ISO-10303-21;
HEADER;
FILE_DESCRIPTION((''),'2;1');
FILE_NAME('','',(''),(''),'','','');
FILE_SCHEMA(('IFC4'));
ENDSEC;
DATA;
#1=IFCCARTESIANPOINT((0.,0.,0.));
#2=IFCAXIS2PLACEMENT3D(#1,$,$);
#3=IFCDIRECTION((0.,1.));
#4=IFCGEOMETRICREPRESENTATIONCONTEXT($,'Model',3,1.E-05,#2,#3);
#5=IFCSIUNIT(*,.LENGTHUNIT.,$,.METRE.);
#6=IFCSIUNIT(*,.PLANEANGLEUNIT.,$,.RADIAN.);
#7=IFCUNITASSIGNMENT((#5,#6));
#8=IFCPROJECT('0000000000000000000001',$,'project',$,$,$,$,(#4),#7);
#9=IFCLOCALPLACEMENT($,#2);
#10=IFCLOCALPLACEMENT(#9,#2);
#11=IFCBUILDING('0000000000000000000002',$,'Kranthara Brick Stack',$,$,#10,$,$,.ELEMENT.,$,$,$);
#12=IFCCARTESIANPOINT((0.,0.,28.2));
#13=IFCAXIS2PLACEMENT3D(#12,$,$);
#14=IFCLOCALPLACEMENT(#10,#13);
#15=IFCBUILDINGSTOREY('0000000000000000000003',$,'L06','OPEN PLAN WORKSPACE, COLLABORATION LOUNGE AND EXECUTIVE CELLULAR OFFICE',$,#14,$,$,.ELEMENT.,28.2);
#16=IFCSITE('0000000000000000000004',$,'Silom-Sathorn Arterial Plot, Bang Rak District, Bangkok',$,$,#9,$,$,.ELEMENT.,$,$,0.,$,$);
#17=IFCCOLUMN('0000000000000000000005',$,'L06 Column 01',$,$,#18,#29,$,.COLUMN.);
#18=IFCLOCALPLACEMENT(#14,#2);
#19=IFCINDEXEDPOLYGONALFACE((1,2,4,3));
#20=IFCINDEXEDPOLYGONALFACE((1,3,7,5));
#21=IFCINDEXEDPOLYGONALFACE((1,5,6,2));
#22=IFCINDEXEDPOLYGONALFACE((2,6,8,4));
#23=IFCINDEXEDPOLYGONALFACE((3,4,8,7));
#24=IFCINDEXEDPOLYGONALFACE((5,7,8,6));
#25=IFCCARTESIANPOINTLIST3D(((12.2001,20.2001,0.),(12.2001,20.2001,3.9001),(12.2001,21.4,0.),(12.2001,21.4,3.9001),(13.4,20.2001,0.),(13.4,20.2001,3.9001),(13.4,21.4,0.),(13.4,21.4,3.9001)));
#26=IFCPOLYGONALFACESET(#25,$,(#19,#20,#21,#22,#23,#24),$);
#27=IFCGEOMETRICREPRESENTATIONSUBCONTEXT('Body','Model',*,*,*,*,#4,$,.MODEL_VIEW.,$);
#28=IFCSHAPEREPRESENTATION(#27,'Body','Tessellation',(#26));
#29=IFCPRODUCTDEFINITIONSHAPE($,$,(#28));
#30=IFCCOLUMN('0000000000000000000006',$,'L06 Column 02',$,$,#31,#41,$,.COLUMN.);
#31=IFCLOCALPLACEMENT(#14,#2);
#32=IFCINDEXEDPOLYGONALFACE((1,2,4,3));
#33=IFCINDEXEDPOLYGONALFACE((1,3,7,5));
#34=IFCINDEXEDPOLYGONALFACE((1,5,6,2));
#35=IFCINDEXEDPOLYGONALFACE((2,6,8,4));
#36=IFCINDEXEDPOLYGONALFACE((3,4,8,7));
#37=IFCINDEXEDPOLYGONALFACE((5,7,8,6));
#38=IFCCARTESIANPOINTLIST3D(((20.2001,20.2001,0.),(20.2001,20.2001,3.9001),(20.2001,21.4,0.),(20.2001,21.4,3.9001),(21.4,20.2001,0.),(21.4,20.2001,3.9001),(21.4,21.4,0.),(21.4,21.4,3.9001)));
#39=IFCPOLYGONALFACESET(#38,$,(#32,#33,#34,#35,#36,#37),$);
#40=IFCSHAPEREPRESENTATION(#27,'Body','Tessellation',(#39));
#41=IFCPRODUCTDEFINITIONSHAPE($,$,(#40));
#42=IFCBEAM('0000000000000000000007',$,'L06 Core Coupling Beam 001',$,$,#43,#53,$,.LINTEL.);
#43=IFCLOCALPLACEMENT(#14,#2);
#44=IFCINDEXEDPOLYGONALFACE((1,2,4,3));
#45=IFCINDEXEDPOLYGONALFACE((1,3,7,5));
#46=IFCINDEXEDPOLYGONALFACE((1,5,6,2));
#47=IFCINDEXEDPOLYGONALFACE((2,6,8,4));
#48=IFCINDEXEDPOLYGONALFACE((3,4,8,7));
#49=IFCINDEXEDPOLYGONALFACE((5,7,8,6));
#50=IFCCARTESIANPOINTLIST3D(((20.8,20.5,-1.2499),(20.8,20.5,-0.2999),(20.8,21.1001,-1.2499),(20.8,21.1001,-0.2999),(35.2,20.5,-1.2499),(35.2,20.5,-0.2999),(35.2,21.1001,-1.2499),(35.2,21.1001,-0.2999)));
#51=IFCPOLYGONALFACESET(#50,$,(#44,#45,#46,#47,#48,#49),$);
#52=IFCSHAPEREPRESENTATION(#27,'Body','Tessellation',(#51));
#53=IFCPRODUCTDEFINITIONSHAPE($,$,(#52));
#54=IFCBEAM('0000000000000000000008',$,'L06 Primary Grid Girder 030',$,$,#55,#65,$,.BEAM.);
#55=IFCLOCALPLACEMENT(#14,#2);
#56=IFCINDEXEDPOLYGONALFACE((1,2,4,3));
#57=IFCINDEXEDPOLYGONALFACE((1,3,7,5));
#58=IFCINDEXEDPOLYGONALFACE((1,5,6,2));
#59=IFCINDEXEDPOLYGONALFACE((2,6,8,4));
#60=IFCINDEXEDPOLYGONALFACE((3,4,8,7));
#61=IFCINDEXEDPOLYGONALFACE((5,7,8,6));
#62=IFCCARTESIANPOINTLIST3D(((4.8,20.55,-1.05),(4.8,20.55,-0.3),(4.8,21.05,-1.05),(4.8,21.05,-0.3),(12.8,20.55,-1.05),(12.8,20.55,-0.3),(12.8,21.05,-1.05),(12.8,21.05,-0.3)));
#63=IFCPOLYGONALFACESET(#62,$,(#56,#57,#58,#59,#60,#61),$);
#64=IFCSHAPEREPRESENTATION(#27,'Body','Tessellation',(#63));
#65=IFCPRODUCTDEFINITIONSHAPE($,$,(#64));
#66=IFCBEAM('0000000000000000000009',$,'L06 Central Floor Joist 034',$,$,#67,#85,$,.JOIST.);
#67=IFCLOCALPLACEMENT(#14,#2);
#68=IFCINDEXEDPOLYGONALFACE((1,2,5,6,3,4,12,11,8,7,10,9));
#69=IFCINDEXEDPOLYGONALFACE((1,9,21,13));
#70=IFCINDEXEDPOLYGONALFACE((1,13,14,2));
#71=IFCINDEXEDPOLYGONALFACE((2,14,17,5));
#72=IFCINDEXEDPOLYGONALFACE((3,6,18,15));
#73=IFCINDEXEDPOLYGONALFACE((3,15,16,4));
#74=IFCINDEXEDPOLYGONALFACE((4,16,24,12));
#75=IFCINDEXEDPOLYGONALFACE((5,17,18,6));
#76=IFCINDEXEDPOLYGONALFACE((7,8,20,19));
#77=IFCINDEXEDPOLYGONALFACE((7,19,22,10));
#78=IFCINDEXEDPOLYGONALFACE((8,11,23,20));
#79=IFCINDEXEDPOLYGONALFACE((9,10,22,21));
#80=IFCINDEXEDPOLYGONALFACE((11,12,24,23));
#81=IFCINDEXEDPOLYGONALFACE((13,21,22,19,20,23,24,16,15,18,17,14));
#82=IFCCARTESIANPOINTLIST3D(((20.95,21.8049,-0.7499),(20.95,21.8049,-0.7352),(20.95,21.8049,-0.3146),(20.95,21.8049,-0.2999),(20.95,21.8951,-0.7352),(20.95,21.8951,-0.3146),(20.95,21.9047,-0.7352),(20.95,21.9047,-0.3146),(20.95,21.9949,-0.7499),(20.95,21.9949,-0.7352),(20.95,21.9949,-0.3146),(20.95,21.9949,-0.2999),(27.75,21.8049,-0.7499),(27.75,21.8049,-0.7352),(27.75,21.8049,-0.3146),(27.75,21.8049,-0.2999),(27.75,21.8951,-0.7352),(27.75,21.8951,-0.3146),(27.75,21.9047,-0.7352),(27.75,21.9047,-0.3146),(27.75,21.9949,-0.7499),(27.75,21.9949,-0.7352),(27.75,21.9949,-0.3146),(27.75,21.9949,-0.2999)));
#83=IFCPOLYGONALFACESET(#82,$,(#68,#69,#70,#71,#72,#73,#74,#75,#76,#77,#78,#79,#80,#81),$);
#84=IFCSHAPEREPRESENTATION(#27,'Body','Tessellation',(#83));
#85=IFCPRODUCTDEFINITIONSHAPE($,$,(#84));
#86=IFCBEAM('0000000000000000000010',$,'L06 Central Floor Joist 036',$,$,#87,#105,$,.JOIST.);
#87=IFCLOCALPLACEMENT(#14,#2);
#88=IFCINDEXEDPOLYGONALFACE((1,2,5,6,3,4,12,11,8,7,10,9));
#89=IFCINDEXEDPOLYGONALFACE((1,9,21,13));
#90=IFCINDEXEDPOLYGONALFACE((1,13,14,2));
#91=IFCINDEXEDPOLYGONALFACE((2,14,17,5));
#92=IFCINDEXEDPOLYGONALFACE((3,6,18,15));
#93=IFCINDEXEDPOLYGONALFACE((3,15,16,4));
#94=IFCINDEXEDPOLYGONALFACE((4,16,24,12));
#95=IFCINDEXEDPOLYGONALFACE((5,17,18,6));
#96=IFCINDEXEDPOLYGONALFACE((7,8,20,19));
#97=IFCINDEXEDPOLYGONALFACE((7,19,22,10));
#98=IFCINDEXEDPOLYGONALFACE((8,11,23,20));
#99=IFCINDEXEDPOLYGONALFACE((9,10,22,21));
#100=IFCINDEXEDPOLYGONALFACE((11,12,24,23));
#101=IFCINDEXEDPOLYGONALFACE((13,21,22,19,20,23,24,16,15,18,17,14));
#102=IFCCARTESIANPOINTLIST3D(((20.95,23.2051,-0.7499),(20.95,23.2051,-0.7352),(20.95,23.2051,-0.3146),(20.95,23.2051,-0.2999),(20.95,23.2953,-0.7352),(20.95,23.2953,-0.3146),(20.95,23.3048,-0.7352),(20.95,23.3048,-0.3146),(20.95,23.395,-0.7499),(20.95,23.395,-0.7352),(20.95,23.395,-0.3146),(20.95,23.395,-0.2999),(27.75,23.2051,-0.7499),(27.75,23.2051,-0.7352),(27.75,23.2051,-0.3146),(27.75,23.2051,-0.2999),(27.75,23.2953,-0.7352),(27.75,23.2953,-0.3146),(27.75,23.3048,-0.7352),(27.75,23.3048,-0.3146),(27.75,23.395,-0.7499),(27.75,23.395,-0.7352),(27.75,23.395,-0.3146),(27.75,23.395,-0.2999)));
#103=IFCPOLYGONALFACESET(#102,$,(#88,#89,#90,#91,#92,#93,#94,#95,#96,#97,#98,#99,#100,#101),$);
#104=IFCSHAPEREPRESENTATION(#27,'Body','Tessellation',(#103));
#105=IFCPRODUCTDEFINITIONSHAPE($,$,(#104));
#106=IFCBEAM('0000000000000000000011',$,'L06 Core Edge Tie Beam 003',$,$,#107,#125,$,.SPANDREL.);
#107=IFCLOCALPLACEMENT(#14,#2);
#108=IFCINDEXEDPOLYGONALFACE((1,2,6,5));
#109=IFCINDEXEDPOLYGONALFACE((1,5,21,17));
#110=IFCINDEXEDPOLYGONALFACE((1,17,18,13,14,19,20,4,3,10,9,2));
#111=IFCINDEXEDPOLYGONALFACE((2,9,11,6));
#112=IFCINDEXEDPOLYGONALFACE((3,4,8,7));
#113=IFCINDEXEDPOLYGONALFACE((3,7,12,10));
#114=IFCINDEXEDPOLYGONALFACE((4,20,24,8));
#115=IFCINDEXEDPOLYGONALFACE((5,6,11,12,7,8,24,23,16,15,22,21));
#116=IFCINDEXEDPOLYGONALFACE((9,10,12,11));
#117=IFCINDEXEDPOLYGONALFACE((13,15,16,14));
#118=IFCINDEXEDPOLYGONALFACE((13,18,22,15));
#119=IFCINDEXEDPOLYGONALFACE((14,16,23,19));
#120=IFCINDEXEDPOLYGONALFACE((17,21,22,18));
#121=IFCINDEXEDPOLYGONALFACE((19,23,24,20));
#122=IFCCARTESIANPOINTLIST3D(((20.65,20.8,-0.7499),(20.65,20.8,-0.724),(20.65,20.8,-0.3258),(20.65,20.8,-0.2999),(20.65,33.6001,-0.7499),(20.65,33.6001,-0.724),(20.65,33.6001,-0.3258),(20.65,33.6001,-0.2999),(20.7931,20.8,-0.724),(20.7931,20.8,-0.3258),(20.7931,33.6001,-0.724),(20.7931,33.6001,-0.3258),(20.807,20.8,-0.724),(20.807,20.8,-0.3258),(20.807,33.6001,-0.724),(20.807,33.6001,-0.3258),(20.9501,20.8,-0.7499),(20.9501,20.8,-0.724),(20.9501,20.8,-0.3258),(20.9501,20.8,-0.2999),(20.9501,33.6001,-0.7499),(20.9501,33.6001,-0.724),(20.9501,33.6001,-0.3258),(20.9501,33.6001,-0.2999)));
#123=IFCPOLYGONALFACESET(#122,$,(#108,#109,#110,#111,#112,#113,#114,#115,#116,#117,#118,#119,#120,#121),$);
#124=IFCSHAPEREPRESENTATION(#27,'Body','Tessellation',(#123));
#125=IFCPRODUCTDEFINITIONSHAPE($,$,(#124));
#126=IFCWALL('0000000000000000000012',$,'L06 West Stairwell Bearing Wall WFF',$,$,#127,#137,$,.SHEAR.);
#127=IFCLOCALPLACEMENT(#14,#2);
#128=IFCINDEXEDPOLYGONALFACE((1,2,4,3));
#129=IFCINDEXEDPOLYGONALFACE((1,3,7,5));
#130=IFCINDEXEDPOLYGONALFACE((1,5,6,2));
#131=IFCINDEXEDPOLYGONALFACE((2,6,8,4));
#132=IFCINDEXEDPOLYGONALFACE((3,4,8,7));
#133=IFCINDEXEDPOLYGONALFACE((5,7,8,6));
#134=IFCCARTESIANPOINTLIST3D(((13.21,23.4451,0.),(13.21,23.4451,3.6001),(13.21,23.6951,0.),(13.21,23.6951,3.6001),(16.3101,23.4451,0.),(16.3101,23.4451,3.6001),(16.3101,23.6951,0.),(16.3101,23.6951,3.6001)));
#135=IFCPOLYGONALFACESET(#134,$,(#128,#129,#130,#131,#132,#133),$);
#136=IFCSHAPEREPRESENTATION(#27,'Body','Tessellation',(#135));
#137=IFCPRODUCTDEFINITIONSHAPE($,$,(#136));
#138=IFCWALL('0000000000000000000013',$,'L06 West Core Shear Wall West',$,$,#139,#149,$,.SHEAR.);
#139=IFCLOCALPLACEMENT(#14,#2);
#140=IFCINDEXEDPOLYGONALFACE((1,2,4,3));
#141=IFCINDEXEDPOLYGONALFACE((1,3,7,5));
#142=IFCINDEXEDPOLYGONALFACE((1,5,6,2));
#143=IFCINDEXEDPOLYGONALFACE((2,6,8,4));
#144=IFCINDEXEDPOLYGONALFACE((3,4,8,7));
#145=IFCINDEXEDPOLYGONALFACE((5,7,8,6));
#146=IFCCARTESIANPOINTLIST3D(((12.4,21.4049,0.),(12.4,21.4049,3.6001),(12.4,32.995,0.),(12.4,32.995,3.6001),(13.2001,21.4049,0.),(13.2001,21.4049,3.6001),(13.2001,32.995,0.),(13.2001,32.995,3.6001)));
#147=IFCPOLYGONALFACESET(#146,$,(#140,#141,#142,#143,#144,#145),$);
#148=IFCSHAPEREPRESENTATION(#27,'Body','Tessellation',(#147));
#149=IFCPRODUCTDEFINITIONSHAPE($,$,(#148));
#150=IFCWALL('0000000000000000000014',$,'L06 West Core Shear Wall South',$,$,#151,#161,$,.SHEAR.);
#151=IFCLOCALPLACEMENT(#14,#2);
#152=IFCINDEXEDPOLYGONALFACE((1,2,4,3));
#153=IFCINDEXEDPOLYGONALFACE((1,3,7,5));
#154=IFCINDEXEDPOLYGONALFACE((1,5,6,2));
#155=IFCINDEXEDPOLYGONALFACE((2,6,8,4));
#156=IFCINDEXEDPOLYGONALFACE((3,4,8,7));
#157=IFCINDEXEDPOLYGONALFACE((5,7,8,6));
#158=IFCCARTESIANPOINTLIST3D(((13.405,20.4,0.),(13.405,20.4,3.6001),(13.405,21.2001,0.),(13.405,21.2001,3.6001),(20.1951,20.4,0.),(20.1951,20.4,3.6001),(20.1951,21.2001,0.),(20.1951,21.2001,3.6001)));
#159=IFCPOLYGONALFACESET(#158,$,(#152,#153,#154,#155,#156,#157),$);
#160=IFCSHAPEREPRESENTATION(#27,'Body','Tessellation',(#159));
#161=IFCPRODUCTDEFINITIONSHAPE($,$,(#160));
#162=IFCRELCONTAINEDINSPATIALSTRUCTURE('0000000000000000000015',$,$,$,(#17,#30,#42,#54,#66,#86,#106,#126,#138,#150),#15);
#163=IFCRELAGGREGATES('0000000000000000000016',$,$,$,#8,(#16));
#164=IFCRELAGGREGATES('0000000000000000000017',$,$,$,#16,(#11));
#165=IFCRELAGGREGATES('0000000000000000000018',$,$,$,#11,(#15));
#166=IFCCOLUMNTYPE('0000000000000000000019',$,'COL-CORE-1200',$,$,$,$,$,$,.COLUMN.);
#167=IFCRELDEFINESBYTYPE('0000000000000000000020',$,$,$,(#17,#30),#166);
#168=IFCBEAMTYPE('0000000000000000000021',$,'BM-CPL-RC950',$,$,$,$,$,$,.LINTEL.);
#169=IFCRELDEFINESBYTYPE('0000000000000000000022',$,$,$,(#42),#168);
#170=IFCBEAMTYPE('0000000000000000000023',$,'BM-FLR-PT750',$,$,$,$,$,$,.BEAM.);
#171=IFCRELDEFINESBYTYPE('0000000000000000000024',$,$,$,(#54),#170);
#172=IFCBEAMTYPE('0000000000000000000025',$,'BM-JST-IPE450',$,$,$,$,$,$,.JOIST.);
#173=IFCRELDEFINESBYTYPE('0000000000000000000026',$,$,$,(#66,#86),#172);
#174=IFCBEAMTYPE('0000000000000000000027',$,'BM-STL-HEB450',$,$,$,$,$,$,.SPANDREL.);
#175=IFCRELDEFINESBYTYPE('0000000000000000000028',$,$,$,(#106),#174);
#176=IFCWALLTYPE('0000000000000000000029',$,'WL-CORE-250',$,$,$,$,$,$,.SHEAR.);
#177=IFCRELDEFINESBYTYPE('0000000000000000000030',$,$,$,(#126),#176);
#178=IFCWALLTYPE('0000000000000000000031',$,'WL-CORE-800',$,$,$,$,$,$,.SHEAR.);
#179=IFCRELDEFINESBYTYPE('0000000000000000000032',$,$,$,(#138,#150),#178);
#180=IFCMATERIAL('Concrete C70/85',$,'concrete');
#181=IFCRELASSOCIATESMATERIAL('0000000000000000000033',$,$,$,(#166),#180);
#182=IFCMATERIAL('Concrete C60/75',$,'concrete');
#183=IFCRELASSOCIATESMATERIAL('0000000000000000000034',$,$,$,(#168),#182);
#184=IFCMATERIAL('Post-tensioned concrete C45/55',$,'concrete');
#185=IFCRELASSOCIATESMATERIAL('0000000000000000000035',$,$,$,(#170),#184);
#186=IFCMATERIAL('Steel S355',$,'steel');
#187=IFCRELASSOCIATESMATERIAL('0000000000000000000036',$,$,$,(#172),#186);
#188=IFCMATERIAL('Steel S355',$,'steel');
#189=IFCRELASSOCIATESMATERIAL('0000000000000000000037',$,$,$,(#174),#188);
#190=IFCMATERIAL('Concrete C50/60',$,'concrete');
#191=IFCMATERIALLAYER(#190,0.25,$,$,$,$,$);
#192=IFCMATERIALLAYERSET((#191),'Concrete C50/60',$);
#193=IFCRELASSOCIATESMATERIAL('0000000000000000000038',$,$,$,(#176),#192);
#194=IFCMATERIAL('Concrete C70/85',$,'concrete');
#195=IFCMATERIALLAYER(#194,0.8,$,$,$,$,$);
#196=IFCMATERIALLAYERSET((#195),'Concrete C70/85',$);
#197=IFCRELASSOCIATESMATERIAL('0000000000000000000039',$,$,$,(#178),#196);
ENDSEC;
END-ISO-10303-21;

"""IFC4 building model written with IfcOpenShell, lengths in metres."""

from ifc_helpers import new_model, si_unit, direction, frame, frame_2d, origin, origin_2d, place, context, subcontext, project, spatial, rectangle, i_section, extrude, material, layer, layer_set, material_profile, profile_set, type_object, element, save


model = new_model("IFC4")

# Units and contexts
model_context = context("Model", 3, precision=1e-05, world=origin(), true_north=direction((0.0, 1.0)))
body_context = subcontext(model_context, "Body", "Model", "MODEL_VIEW")
ifc_project = project(units=[si_unit("LENGTHUNIT", "METRE"), si_unit("PLANEANGLEUNIT", "RADIAN")], contexts=[model_context])

# Site, building, storey
site_placement = place(None, origin())
site = spatial("IfcSite", under=ifc_project, at=site_placement, Name="Silom-Sathorn Arterial Plot, Bang Rak District, Bangkok", CompositionType="ELEMENT", RefElevation=0.0)
building_placement = place(site_placement, origin())
building = spatial("IfcBuilding", under=site, at=building_placement, Name="Kranthara Brick Stack", CompositionType="ELEMENT")
storey_placement = place(building_placement, frame((0.0, 0.0, 28.2)))
storey = spatial("IfcBuildingStorey", under=building, at=storey_placement, Name="L06", Description="OPEN PLAN WORKSPACE, COLLABORATION LOUNGE AND EXECUTIVE CELLULAR OFFICE", CompositionType="ELEMENT", Elevation=28.2)

# Columns
ifc_material_1 = material(Name="Concrete C70/85", Category="concrete")
ifc_material_profile_1 = material_profile(ifc_material_1, rectangle(XDim=1.2, YDim=1.2, at=origin_2d()), Name="RC 1200x1200")
ifc_profile_set_1 = profile_set([ifc_material_profile_1], Name="Concrete C70/85")
column_type = type_object("IfcColumnType", Name="COL-CORE-1200", PredefinedType="COLUMN", material=ifc_profile_set_1)
for number, where, z_axis, x_axis, name in (
    (1, (12.8, 20.8, 0.0), (0.0, 0.0, 1.0), (1.0, 0.0, 0.0), "L06 Column 01"),
    (2, (20.8, 20.8, 0.0), (0.0, 0.0, 1.0), (1.0, 0.0, 0.0), "L06 Column 02"),
):
    element("IfcColumn", number, at=place(storey_placement, frame(where, z_axis=z_axis, x_axis=x_axis)), inside=storey, type_object=column_type, Name=name, PredefinedType="COLUMN", context=body_context, shape_type="SweptSolid", body=[
        extrude(rectangle(XDim=1.2, YDim=1.2, at=origin_2d()), origin(), (0.0, 0.0, 1.0), 3.9001),
    ])

# Beams
ifc_material_2 = material(Name="Concrete C60/75", Category="concrete")
ifc_material_profile_2 = material_profile(ifc_material_2, rectangle(XDim=0.6001, YDim=0.95, at=origin_2d()), Name="RC 600x950")
ifc_profile_set_2 = profile_set([ifc_material_profile_2], Name="Concrete C60/75")
beam_type_1 = type_object("IfcBeamType", Name="BM-CPL-RC950", PredefinedType="LINTEL", material=ifc_profile_set_2)
beam_1_placement = place(storey_placement, frame((20.8, 20.8, -0.7749), z_axis=(1.0, 0.0, 0.0), x_axis=(0.0, 1.0, 0.0)))
element("IfcBeam", 3, at=beam_1_placement, inside=storey, type_object=beam_type_1, Name="L06 Core Coupling Beam 001", PredefinedType="LINTEL", context=body_context, shape_type="SweptSolid", body=[
    extrude(rectangle(XDim=0.6001, YDim=0.95, at=origin_2d()), origin(), (0.0, 0.0, 1.0), 14.3999),
])
ifc_material_3 = material(Name="Post-tensioned concrete C45/55", Category="concrete")
ifc_material_profile_3 = material_profile(ifc_material_3, rectangle(XDim=0.5, YDim=0.75, at=origin_2d()), Name="PT 500x750")
ifc_profile_set_3 = profile_set([ifc_material_profile_3], Name="Post-tensioned concrete C45/55")
beam_type_2 = type_object("IfcBeamType", Name="BM-FLR-PT750", PredefinedType="BEAM", material=ifc_profile_set_3)
beam_2_placement = place(storey_placement, frame((4.8, 20.8, -0.675), z_axis=(1.0, 0.0, 0.0), x_axis=(0.0, 1.0, 0.0)))
element("IfcBeam", 4, at=beam_2_placement, inside=storey, type_object=beam_type_2, Name="L06 Primary Grid Girder 030", PredefinedType="BEAM", context=body_context, shape_type="SweptSolid", body=[
    extrude(rectangle(XDim=0.5, YDim=0.75, at=origin_2d()), origin(), (0.0, 0.0, 1.0), 8.0),
])
ifc_material_4 = material(Name="Steel S355", Category="steel")
ifc_material_profile_4 = material_profile(ifc_material_4, i_section(OverallWidth=0.1899, OverallDepth=0.45, WebThickness=0.0095, FlangeThickness=0.0146, at=origin_2d()), Name="IPE 450")
ifc_profile_set_4 = profile_set([ifc_material_profile_4], Name="Steel S355")
beam_type_3 = type_object("IfcBeamType", Name="BM-JST-IPE450", PredefinedType="JOIST", material=ifc_profile_set_4)
for number, where, z_axis, x_axis, name in (
    (5, (20.95, 21.8999, -0.5249), (1.0, 0.0, 0.0), (0.0, 1.0, 0.0), "L06 Central Floor Joist 034"),
    (6, (20.95, 23.3, -0.5249), (1.0, 0.0, 0.0), (0.0, 1.0, 0.0), "L06 Central Floor Joist 036"),
):
    element("IfcBeam", number, at=place(storey_placement, frame(where, z_axis=z_axis, x_axis=x_axis)), inside=storey, type_object=beam_type_3, Name=name, PredefinedType="JOIST", context=body_context, shape_type="SweptSolid", body=[
        extrude(i_section(OverallWidth=0.1899, OverallDepth=0.45, WebThickness=0.0095, FlangeThickness=0.0146, at=origin_2d()), origin(), (0.0, 0.0, 1.0), 6.8),
    ])
ifc_material_5 = material(Name="Steel S355", Category="steel")
ifc_material_profile_5 = material_profile(ifc_material_5, i_section(OverallWidth=0.3, OverallDepth=0.45, WebThickness=0.0139, FlangeThickness=0.0259, at=origin_2d()), Name="HEB 450")
ifc_profile_set_5 = profile_set([ifc_material_profile_5], Name="Steel S355")
beam_type_4 = type_object("IfcBeamType", Name="BM-STL-HEB450", PredefinedType="SPANDREL", material=ifc_profile_set_5)
beam_3_placement = place(storey_placement, frame((20.8, 20.8, -0.5249), z_axis=(0.0, 1.0, 0.0), x_axis=(-1.0, 0.0, 0.0)))
element("IfcBeam", 7, at=beam_3_placement, inside=storey, type_object=beam_type_4, Name="L06 Core Edge Tie Beam 003", PredefinedType="SPANDREL", context=body_context, shape_type="SweptSolid", body=[
    extrude(i_section(OverallWidth=0.3, OverallDepth=0.45, WebThickness=0.0139, FlangeThickness=0.0259, at=origin_2d()), origin(), (0.0, 0.0, 1.0), 12.8),
])

# Shared definitions
ifc_material_6 = material(Name="Concrete C50/60", Category="concrete")
ifc_layer_1 = layer(ifc_material_6, 0.25)
ifc_layer_set_1 = layer_set([ifc_layer_1], Name="Concrete C50/60")
wall_type_1 = type_object("IfcWallType", Name="WL-CORE-250", PredefinedType="SHEAR", material=ifc_layer_set_1)

# Walls
wall_1_placement = place(storey_placement, frame((13.21, 23.5701, 0.0), z_axis=(0.0, 0.0, 1.0), x_axis=(1.0, 0.0, 0.0)))
element("IfcWall", 8, at=wall_1_placement, inside=storey, type_object=wall_type_1, Name="L06 West Stairwell Bearing Wall WFF", PredefinedType="SHEAR", context=body_context, shape_type="SweptSolid", body=[
    extrude(rectangle(XDim=3.1001, YDim=0.25, at=frame_2d((1.55, 0.0))), origin(), (0.0, 0.0, 1.0), 3.6001),
])
ifc_material_7 = material(Name="Concrete C70/85", Category="concrete")
ifc_layer_2 = layer(ifc_material_7, 0.8)
ifc_layer_set_2 = layer_set([ifc_layer_2], Name="Concrete C70/85")
wall_type_2 = type_object("IfcWallType", Name="WL-CORE-800", PredefinedType="SHEAR", material=ifc_layer_set_2)
wall_2_placement = place(storey_placement, frame((12.8, 21.405, 0.0), z_axis=(0.0, 0.0, 1.0), x_axis=(0.0, 1.0, 0.0)))
element("IfcWall", 9, at=wall_2_placement, inside=storey, type_object=wall_type_2, Name="L06 West Core Shear Wall West", PredefinedType="SHEAR", context=body_context, shape_type="SweptSolid", body=[
    extrude(rectangle(XDim=11.5901, YDim=0.8, at=frame_2d((5.7949, 0.0))), origin(), (0.0, 0.0, 1.0), 3.6001),
])
wall_3_placement = place(storey_placement, frame((13.405, 20.8, 0.0), z_axis=(0.0, 0.0, 1.0), x_axis=(1.0, 0.0, 0.0)))
element("IfcWall", 10, at=wall_3_placement, inside=storey, type_object=wall_type_2, Name="L06 West Core Shear Wall South", PredefinedType="SHEAR", context=body_context, shape_type="SweptSolid", body=[
    extrude(rectangle(XDim=6.79, YDim=0.8, at=frame_2d((3.395, 0.0))), origin(), (0.0, 0.0, 1.0), 3.6001),
])

save(model, "model.ifc")
